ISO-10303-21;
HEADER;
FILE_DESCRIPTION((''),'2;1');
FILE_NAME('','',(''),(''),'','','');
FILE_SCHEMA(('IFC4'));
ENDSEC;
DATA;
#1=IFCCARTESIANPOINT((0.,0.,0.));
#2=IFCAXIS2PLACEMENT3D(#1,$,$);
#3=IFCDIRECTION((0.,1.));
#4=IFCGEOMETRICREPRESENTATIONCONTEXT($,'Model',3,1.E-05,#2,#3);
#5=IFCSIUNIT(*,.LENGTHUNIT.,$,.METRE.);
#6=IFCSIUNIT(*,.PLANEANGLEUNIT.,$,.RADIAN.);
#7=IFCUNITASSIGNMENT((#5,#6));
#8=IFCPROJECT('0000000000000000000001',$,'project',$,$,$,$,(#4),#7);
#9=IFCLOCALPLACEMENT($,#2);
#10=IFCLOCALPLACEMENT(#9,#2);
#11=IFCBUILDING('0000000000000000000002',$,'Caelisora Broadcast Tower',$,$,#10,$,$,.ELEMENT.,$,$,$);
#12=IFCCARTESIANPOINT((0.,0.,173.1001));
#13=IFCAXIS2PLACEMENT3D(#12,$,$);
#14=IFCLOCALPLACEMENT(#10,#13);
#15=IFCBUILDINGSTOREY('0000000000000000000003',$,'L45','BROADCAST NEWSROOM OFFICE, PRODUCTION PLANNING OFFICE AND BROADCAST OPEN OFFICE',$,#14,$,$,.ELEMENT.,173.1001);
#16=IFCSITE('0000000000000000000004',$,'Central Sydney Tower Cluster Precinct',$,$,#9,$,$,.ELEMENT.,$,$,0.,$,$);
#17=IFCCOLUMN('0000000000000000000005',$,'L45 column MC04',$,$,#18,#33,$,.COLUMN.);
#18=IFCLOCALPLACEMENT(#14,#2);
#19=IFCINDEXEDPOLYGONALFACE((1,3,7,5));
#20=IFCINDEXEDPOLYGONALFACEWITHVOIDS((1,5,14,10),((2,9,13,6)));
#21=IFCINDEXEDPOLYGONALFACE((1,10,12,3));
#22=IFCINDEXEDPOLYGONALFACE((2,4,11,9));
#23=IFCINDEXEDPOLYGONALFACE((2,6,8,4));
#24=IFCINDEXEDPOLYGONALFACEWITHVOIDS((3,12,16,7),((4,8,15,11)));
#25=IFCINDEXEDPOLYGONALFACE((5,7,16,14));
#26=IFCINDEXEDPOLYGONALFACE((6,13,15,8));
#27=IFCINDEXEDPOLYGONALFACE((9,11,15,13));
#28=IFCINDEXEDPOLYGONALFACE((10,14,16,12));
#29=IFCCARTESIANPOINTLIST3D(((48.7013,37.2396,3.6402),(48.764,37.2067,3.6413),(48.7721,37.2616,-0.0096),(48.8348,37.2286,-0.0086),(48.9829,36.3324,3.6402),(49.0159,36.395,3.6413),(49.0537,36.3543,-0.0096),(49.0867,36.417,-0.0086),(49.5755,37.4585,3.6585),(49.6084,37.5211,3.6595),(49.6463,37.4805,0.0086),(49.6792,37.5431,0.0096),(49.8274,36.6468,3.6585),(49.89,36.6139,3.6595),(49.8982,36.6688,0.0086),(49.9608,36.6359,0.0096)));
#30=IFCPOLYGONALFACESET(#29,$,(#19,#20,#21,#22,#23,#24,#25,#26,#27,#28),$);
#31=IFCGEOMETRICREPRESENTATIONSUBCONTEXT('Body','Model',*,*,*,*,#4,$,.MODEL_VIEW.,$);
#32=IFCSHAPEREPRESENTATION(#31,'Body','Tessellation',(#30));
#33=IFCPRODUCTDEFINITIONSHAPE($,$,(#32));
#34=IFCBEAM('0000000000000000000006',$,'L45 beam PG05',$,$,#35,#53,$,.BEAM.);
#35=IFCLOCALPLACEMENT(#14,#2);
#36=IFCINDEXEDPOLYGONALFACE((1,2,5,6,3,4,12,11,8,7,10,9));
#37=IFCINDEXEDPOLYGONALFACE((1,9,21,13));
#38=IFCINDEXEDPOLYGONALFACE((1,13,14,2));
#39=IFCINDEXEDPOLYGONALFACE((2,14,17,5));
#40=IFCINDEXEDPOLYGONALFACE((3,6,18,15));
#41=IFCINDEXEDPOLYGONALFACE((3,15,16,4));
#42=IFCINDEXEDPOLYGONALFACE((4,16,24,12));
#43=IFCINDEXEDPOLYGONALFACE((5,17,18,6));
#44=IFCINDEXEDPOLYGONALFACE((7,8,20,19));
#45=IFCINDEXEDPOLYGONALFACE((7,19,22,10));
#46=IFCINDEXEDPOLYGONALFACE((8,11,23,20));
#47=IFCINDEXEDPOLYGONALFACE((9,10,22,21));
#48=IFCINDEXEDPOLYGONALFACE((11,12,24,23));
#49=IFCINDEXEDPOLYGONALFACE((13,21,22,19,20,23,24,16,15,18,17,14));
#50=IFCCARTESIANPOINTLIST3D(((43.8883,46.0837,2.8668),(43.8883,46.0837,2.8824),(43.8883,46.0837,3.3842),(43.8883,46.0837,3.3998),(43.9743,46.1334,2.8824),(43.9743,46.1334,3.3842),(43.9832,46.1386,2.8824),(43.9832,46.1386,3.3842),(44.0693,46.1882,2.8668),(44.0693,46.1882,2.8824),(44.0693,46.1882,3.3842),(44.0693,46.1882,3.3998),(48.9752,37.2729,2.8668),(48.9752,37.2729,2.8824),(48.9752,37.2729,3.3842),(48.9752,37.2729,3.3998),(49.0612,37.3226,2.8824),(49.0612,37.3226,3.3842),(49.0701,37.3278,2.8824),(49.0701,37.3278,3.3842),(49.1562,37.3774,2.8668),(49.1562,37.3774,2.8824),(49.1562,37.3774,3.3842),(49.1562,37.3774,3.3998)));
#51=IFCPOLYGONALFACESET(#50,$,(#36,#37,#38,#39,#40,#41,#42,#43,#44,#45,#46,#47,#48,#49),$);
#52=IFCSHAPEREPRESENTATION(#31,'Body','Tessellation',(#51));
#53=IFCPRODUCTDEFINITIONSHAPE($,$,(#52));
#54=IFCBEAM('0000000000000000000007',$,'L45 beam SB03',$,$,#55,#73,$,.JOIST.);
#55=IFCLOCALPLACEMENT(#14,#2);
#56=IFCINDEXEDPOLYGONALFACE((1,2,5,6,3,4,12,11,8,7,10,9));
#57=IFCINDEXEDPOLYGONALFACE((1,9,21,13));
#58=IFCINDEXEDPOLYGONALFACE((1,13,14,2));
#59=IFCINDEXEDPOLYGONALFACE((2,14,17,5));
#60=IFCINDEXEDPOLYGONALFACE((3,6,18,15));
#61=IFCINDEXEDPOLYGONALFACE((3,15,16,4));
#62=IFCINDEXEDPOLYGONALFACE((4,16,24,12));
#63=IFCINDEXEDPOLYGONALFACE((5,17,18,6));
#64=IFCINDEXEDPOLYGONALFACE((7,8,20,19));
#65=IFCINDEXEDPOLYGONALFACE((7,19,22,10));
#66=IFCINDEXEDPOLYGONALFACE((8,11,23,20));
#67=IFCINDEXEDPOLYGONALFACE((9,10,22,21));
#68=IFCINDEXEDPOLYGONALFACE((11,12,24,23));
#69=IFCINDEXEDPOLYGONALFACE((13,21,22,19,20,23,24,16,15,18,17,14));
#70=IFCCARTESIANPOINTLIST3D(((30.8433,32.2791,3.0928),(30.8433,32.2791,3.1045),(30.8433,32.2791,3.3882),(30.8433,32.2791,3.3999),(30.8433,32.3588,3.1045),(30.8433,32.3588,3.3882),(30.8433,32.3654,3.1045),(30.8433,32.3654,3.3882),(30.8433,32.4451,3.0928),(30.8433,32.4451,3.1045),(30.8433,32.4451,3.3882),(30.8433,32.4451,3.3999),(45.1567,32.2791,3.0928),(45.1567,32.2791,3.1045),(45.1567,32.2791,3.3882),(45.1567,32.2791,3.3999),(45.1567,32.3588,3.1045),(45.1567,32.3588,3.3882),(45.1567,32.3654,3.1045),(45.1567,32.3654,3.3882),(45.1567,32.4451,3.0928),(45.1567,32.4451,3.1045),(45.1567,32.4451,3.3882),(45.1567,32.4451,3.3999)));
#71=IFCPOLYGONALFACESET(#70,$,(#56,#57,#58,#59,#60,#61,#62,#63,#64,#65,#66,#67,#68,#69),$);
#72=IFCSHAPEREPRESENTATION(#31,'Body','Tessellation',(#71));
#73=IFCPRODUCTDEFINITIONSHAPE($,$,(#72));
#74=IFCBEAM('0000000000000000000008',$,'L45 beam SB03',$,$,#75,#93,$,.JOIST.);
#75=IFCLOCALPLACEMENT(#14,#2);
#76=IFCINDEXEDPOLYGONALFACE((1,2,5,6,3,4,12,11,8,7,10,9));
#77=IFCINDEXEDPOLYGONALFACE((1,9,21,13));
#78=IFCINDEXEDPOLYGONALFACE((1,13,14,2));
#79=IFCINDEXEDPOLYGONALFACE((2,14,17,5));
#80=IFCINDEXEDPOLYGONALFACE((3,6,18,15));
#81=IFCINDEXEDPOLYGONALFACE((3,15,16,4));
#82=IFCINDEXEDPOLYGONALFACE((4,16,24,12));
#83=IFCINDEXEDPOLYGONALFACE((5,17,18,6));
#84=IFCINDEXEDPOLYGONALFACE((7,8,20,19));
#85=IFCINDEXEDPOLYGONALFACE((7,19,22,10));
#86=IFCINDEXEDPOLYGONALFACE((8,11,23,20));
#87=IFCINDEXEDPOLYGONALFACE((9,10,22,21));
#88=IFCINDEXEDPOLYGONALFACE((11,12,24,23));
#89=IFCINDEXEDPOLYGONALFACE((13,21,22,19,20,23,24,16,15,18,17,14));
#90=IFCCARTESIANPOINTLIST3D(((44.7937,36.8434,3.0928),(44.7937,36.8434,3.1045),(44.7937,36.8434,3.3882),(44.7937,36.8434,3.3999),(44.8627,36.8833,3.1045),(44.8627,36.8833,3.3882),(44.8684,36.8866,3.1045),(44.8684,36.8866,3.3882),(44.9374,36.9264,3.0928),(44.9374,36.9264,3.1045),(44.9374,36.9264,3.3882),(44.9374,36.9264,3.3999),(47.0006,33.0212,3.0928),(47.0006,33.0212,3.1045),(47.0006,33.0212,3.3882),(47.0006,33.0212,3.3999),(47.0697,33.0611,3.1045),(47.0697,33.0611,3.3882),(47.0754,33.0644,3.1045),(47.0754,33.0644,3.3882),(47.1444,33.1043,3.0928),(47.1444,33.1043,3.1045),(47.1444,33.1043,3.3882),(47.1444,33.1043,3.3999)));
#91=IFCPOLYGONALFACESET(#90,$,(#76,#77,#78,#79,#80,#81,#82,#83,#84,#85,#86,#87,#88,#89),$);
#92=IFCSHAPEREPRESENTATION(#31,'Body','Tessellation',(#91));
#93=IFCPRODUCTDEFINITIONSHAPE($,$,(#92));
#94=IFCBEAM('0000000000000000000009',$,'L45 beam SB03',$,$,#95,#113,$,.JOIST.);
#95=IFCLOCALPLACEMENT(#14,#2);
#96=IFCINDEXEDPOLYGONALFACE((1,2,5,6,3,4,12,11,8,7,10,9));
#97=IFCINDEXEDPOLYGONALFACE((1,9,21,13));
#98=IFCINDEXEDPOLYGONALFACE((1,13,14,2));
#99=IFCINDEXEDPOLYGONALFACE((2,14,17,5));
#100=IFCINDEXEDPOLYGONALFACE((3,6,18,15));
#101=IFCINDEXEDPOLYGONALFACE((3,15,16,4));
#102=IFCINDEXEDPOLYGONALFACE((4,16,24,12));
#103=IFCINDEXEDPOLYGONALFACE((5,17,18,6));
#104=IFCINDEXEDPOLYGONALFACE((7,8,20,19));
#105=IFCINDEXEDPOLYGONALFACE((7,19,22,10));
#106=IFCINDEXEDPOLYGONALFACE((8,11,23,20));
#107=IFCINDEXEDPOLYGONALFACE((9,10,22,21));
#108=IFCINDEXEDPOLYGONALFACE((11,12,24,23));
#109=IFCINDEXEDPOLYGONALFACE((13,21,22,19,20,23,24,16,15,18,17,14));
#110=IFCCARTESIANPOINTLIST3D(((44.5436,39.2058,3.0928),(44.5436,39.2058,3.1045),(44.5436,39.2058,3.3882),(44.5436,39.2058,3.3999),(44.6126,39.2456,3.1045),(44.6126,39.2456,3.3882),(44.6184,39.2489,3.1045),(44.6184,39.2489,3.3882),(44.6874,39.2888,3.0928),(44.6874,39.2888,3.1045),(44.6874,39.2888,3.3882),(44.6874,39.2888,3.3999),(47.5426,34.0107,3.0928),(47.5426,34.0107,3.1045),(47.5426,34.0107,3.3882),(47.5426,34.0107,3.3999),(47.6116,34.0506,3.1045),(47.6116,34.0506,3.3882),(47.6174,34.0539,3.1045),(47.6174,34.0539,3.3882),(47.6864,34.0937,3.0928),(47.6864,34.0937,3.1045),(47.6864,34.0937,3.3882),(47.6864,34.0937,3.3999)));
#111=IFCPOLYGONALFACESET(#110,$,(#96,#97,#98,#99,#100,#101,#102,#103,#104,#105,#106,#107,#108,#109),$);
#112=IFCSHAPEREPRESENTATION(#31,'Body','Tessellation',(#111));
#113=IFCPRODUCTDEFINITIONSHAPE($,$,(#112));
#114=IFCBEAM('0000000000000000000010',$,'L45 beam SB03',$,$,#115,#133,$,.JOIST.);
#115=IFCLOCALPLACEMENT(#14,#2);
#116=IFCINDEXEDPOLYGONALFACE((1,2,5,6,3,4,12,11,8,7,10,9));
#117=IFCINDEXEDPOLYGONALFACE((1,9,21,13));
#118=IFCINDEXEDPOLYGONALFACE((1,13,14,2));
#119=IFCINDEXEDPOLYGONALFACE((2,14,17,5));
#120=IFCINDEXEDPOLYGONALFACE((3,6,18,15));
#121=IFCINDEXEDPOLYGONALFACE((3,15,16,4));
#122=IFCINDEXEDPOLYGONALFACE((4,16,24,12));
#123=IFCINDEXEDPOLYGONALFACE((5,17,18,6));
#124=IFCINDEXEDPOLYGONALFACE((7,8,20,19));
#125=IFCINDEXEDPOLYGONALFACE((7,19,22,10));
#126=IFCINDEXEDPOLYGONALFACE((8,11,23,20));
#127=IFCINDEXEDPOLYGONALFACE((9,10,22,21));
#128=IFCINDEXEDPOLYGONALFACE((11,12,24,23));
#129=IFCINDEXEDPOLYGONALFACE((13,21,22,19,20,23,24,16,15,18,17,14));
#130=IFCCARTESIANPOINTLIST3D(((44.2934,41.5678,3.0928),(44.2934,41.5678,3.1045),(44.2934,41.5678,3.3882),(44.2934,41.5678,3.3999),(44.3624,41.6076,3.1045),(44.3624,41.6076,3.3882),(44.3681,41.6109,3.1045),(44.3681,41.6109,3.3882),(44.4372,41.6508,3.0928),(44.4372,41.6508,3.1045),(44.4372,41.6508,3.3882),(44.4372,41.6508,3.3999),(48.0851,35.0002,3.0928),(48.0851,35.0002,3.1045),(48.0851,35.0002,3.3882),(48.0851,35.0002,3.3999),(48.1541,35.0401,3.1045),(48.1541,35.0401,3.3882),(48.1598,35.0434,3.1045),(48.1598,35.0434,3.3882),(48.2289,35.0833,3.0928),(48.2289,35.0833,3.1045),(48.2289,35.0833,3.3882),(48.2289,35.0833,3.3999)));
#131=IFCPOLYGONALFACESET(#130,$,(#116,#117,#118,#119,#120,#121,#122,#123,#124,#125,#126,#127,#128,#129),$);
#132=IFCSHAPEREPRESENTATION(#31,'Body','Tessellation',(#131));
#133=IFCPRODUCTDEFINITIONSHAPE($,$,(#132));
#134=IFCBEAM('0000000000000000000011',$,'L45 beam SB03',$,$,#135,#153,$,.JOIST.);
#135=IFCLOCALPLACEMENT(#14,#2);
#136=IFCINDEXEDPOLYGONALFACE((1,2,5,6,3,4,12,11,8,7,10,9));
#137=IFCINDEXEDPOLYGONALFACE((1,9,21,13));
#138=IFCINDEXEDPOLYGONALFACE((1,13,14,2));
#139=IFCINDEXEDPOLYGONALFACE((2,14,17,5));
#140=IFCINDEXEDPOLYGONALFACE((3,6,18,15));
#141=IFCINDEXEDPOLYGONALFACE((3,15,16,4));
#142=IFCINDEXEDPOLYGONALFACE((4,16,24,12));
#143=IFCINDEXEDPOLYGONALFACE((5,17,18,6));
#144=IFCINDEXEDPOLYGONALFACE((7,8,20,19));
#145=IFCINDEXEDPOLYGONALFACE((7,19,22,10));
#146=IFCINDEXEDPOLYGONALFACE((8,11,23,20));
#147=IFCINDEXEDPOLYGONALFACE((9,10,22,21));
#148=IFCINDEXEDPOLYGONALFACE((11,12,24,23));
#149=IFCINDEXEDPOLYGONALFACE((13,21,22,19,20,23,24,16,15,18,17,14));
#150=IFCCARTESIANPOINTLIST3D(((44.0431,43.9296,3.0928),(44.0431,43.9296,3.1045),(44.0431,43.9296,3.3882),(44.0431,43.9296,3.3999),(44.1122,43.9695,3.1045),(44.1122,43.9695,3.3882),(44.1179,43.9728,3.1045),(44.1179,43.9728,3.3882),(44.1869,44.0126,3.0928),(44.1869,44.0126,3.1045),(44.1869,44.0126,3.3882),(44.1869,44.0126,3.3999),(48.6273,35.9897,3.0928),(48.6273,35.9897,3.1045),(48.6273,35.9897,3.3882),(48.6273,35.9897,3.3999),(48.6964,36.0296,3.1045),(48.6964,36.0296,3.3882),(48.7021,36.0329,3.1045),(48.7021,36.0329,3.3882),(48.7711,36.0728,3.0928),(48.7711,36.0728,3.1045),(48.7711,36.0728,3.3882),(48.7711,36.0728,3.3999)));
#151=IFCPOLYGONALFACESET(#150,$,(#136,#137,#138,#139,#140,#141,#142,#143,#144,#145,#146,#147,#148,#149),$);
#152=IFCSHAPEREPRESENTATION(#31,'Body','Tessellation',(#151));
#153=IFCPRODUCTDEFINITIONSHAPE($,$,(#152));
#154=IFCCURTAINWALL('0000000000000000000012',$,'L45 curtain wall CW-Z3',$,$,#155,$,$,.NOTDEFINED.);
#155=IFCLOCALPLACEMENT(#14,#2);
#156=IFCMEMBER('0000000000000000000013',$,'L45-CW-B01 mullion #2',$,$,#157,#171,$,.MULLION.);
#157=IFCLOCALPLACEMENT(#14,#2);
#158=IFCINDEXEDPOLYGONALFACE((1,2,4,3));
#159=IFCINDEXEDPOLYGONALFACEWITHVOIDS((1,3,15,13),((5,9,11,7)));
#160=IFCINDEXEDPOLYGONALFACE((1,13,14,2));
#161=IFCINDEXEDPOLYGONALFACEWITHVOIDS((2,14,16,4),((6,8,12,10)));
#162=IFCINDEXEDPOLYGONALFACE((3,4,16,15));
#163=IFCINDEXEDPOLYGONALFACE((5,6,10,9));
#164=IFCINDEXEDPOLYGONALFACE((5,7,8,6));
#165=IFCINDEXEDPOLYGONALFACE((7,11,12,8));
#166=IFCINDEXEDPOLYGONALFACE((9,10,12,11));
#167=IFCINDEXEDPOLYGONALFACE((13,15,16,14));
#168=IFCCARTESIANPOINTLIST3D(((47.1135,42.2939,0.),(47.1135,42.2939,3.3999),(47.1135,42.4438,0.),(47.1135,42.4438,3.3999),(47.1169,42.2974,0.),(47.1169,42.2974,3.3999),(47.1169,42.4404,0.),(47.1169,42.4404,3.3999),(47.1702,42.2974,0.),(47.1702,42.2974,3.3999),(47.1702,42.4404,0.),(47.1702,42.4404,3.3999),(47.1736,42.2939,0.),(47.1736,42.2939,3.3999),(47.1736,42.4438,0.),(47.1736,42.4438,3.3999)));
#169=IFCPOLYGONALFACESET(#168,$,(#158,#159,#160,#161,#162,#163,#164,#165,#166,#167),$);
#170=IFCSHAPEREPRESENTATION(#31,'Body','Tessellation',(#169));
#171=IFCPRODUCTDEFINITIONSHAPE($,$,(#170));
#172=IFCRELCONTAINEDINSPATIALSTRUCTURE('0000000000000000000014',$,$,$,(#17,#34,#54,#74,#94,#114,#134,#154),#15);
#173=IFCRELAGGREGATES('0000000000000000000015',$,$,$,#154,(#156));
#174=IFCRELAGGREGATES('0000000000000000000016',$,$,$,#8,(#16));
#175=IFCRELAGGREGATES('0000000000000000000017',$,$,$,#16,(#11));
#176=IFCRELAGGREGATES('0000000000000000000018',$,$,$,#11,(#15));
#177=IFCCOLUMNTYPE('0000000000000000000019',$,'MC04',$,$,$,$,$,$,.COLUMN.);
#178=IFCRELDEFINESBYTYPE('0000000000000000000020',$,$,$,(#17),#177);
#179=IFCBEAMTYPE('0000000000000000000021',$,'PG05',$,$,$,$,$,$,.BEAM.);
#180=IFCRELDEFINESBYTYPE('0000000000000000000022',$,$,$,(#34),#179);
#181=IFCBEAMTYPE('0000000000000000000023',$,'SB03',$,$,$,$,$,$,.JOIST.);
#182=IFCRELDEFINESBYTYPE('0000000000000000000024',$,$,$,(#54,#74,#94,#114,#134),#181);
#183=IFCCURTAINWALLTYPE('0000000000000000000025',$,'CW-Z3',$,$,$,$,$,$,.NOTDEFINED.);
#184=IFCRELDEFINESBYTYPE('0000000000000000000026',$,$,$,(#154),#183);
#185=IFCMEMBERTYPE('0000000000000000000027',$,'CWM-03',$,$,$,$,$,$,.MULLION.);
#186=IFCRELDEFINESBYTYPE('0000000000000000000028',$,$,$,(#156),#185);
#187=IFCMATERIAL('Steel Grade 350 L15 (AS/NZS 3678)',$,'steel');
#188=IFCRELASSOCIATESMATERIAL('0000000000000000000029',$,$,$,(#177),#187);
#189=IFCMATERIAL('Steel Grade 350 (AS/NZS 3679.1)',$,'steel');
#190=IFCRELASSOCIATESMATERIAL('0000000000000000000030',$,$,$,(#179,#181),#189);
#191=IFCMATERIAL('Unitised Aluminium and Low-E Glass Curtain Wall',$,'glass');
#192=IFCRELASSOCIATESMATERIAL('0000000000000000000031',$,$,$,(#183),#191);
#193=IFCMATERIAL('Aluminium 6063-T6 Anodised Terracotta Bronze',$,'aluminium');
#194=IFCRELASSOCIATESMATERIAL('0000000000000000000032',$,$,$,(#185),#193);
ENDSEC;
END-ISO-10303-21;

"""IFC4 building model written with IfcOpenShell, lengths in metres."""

from ifc_helpers import new_model, si_unit, direction, frame, origin, origin_2d, place, context, subcontext, project, spatial, hollow_rectangle, i_section, extrude, source, transform, mapped, material, material_profile, profile_set, type_object, type_shapes, element, aggregate, save


model = new_model("IFC4")

# Units and contexts
model_context = context("Model", 3, precision=1e-05, world=origin(), true_north=direction((0.0, 1.0)))
body_context = subcontext(model_context, "Body", "Model", "MODEL_VIEW")
ifc_project = project(units=[si_unit("LENGTHUNIT", "METRE"), si_unit("PLANEANGLEUNIT", "RADIAN")], contexts=[model_context])

# Site, building, storey
site_placement = place(None, origin())
site = spatial("IfcSite", under=ifc_project, at=site_placement, Name="Central Sydney Tower Cluster Precinct", CompositionType="ELEMENT", RefElevation=0.0)
building_placement = place(site_placement, origin())
building = spatial("IfcBuilding", under=site, at=building_placement, Name="Caelisora Broadcast Tower", CompositionType="ELEMENT")
storey_placement = place(building_placement, frame((0.0, 0.0, 173.1001)))
storey = spatial("IfcBuildingStorey", under=building, at=storey_placement, Name="L45", Description="BROADCAST NEWSROOM OFFICE, PRODUCTION PLANNING OFFICE AND BROADCAST OPEN OFFICE", CompositionType="ELEMENT", Elevation=173.1001)

# Column
ifc_material_1 = material(Name="Steel Grade 350 L15 (AS/NZS 3678)", Category="steel")
ifc_material_profile_1 = material_profile(ifc_material_1, hollow_rectangle(XDim=0.95, YDim=0.95, WallThickness=0.05, at=origin_2d()), Name="Steel Grade 350 L15 (AS/NZS 3678)")
ifc_profile_set_1 = profile_set([ifc_material_profile_1], Name="Steel Grade 350 L15 (AS/NZS 3678)")
column_type = type_object("IfcColumnType", Name="MC04", PredefinedType="COLUMN", material=ifc_profile_set_1)
shared_shape_1 = source(origin(), body_context, "Body", "SweptSolid", [
    extrude(hollow_rectangle(XDim=0.95, YDim=0.95, WallThickness=0.05, at=origin_2d()), origin(), (0.0, 0.0, 1.0), 3.6506),
])
type_shapes(column_type, [shared_shape_1])
column_placement = place(storey_placement, frame((49.3665, 36.9487, 0.0), z_axis=(-0.019394, -0.006019, 0.999794), x_axis=(0.296399, -0.955064, 0.0)))
element("IfcColumn", 1, at=column_placement, inside=storey, type_object=column_type, Name="L45 column MC04", PredefinedType="COLUMN", context=body_context, shape_type="MappedRepresentation", body=[
    mapped(shared_shape_1, transform((0.0, 0.0, 0.0), scale=1.0)),
])

# Beams
ifc_material_2 = material(Name="Steel Grade 350 (AS/NZS 3679.1)", Category="steel")
ifc_material_profile_2 = material_profile(ifc_material_2, i_section(OverallWidth=0.209, OverallDepth=0.533, WebThickness=0.0103, FlangeThickness=0.0156, at=origin_2d()), Name="Steel Grade 350 (AS/NZS 3679.1)")
ifc_profile_set_2 = profile_set([ifc_material_profile_2], Name="Steel Grade 350 (AS/NZS 3679.1)")
beam_type_1 = type_object("IfcBeamType", Name="PG05", PredefinedType="BEAM", material=ifc_profile_set_2)
shared_shape_2 = source(origin(), body_context, "Body", "SweptSolid", [
    extrude(i_section(OverallWidth=0.209, OverallDepth=0.533, WebThickness=0.0103, FlangeThickness=0.0156, at=origin_2d()), origin(), (0.0, 0.0, 1.0), 10.1738),
])
type_shapes(beam_type_1, [shared_shape_2])
beam_1_placement = place(storey_placement, frame((49.0657, 37.3252, 3.1333), z_axis=(-0.5, 0.866025, 0.0), x_axis=(-0.866025, -0.5, 0.0)))
element("IfcBeam", 2, at=beam_1_placement, inside=storey, type_object=beam_type_1, Name="L45 beam PG05", PredefinedType="BEAM", context=body_context, shape_type="MappedRepresentation", body=[
    mapped(shared_shape_2, transform((0.0, 0.0, 0.0), scale=1.0)),
])
ifc_material_profile_3 = material_profile(ifc_material_2, i_section(OverallWidth=0.166, OverallDepth=0.3071, WebThickness=0.0066, FlangeThickness=0.0117, at=origin_2d()), Name="Steel Grade 350 (AS/NZS 3679.1)")
ifc_profile_set_3 = profile_set([ifc_material_profile_3], Name="Steel Grade 350 (AS/NZS 3679.1)")
beam_type_2 = type_object("IfcBeamType", Name="SB03", PredefinedType="JOIST", material=ifc_profile_set_3)
shared_shape_3 = source(origin(), body_context, "Body", "SweptSolid", [
    extrude(i_section(OverallWidth=0.166, OverallDepth=0.3071, WebThickness=0.0066, FlangeThickness=0.0117, at=origin_2d()), origin(), (0.0, 0.0, 1.0), 14.3135),
])
beam_2_placement = place(storey_placement, frame((45.1567, 32.3621, 3.2463), z_axis=(-1.0, 0.0, 0.0), x_axis=(0.0, -1.0, 0.0)))
element("IfcBeam", 3, at=beam_2_placement, inside=storey, type_object=beam_type_2, Name="L45 beam SB03", PredefinedType="JOIST", context=body_context, shape_type="MappedRepresentation", body=[
    mapped(shared_shape_3, transform((0.0, 0.0, 0.0), scale=1.0)),
])
shared_shape_4 = source(origin(), body_context, "Body", "SweptSolid", [
    extrude(i_section(OverallWidth=0.166, OverallDepth=0.3071, WebThickness=0.0066, FlangeThickness=0.0117, at=origin_2d()), origin(), (0.0, 0.0, 1.0), 4.4136),
])
beam_3_placement = place(storey_placement, frame((47.0725, 33.0627, 3.2463), z_axis=(-0.500042, 0.866001, 0.0), x_axis=(-0.866001, -0.500042, 0.0)))
element("IfcBeam", 4, at=beam_3_placement, inside=storey, type_object=beam_type_2, Name="L45 beam SB03", PredefinedType="JOIST", context=body_context, shape_type="MappedRepresentation", body=[
    mapped(shared_shape_4, transform((0.0, 0.0, 0.0), scale=1.0)),
])
shared_shape_5 = source(origin(), body_context, "Body", "SweptSolid", [
    extrude(i_section(OverallWidth=0.166, OverallDepth=0.3071, WebThickness=0.0066, FlangeThickness=0.0117, at=origin_2d()), origin(), (0.0, 0.0, 1.0), 5.9985),
])
beam_4_placement = place(storey_placement, frame((47.6145, 34.0522, 3.2463), z_axis=(-0.499956, 0.866051, 0.0), x_axis=(-0.866051, -0.499956, 0.0)))
element("IfcBeam", 5, at=beam_4_placement, inside=storey, type_object=beam_type_2, Name="L45 beam SB03", PredefinedType="JOIST", context=body_context, shape_type="MappedRepresentation", body=[
    mapped(shared_shape_5, transform((0.0, 0.0, 0.0), scale=1.0)),
])
shared_shape_6 = source(origin(), body_context, "Body", "SweptSolid", [
    extrude(i_section(OverallWidth=0.166, OverallDepth=0.3071, WebThickness=0.0066, FlangeThickness=0.0117, at=origin_2d()), origin(), (0.0, 0.0, 1.0), 7.5835),
])
beam_5_placement = place(storey_placement, frame((48.157, 35.0417, 3.2463), z_axis=(-0.499993, 0.86603, 0.0), x_axis=(-0.86603, -0.499993, 0.0)))
element("IfcBeam", 6, at=beam_5_placement, inside=storey, type_object=beam_type_2, Name="L45 beam SB03", PredefinedType="JOIST", context=body_context, shape_type="MappedRepresentation", body=[
    mapped(shared_shape_6, transform((0.0, 0.0, 0.0), scale=1.0)),
])
shared_shape_7 = source(origin(), body_context, "Body", "SweptSolid", [
    extrude(i_section(OverallWidth=0.166, OverallDepth=0.3071, WebThickness=0.0066, FlangeThickness=0.0117, at=origin_2d()), origin(), (0.0, 0.0, 1.0), 9.1682),
])
type_shapes(beam_type_2, [shared_shape_3, shared_shape_4, shared_shape_5, shared_shape_6, shared_shape_7])
beam_6_placement = place(storey_placement, frame((48.6992, 36.0312, 3.2463), z_axis=(-0.500008, 0.866021, 0.0), x_axis=(-0.866021, -0.500008, 0.0)))
element("IfcBeam", 7, at=beam_6_placement, inside=storey, type_object=beam_type_2, Name="L45 beam SB03", PredefinedType="JOIST", context=body_context, shape_type="MappedRepresentation", body=[
    mapped(shared_shape_7, transform((0.0, 0.0, 0.0), scale=1.0)),
])

# Curtain wall, member
ifc_material_3 = material(Name="Unitised Aluminium and Low-E Glass Curtain Wall", Category="glass")
curtain_wall_type_1 = type_object("IfcCurtainWallType", Name="CW-Z3", PredefinedType="NOTDEFINED", material=ifc_material_3)
curtain_wall_1_placement = place(storey_placement, origin())
curtain_wall_1 = element("IfcCurtainWall", 8, at=curtain_wall_1_placement, inside=storey, type_object=curtain_wall_type_1, Name="L45 curtain wall CW-Z3", PredefinedType="NOTDEFINED")
ifc_material_4 = material(Name="Aluminium 6063-T6 Anodised Terracotta Bronze", Category="aluminium")
ifc_material_profile_4 = material_profile(ifc_material_4, hollow_rectangle(XDim=0.0601, YDim=0.1499, WallThickness=0.0034, at=origin_2d()), Name="Aluminium 6063-T6 Anodised Terracotta Bronze")
ifc_profile_set_4 = profile_set([ifc_material_profile_4], Name="Aluminium 6063-T6 Anodised Terracotta Bronze")
member_type_1 = type_object("IfcMemberType", Name="CWM-03", PredefinedType="MULLION", material=ifc_profile_set_4)
shared_shape_8 = source(origin(), body_context, "Body", "SweptSolid", [
    extrude(hollow_rectangle(XDim=0.0601, YDim=0.1499, WallThickness=0.0034, at=origin_2d()), origin(), (0.0, 0.0, 1.0), 3.3999),
])
type_shapes(member_type_1, [shared_shape_8])
member_1_placement = place(storey_placement, frame((47.1436, 42.3689, 0.0), z_axis=(0.0, 0.0, 1.0), x_axis=(1.0, 0.0, 0.0)))
member_1 = element("IfcMember", 9, at=member_1_placement, type_object=member_type_1, Name="L45-CW-B01 mullion #2", PredefinedType="MULLION", context=body_context, shape_type="MappedRepresentation", body=[
    mapped(shared_shape_8, transform((0.0, 0.0, 0.0), scale=1.0)),
])

aggregate(curtain_wall_1, [member_1])

save(model, "model.ifc")
